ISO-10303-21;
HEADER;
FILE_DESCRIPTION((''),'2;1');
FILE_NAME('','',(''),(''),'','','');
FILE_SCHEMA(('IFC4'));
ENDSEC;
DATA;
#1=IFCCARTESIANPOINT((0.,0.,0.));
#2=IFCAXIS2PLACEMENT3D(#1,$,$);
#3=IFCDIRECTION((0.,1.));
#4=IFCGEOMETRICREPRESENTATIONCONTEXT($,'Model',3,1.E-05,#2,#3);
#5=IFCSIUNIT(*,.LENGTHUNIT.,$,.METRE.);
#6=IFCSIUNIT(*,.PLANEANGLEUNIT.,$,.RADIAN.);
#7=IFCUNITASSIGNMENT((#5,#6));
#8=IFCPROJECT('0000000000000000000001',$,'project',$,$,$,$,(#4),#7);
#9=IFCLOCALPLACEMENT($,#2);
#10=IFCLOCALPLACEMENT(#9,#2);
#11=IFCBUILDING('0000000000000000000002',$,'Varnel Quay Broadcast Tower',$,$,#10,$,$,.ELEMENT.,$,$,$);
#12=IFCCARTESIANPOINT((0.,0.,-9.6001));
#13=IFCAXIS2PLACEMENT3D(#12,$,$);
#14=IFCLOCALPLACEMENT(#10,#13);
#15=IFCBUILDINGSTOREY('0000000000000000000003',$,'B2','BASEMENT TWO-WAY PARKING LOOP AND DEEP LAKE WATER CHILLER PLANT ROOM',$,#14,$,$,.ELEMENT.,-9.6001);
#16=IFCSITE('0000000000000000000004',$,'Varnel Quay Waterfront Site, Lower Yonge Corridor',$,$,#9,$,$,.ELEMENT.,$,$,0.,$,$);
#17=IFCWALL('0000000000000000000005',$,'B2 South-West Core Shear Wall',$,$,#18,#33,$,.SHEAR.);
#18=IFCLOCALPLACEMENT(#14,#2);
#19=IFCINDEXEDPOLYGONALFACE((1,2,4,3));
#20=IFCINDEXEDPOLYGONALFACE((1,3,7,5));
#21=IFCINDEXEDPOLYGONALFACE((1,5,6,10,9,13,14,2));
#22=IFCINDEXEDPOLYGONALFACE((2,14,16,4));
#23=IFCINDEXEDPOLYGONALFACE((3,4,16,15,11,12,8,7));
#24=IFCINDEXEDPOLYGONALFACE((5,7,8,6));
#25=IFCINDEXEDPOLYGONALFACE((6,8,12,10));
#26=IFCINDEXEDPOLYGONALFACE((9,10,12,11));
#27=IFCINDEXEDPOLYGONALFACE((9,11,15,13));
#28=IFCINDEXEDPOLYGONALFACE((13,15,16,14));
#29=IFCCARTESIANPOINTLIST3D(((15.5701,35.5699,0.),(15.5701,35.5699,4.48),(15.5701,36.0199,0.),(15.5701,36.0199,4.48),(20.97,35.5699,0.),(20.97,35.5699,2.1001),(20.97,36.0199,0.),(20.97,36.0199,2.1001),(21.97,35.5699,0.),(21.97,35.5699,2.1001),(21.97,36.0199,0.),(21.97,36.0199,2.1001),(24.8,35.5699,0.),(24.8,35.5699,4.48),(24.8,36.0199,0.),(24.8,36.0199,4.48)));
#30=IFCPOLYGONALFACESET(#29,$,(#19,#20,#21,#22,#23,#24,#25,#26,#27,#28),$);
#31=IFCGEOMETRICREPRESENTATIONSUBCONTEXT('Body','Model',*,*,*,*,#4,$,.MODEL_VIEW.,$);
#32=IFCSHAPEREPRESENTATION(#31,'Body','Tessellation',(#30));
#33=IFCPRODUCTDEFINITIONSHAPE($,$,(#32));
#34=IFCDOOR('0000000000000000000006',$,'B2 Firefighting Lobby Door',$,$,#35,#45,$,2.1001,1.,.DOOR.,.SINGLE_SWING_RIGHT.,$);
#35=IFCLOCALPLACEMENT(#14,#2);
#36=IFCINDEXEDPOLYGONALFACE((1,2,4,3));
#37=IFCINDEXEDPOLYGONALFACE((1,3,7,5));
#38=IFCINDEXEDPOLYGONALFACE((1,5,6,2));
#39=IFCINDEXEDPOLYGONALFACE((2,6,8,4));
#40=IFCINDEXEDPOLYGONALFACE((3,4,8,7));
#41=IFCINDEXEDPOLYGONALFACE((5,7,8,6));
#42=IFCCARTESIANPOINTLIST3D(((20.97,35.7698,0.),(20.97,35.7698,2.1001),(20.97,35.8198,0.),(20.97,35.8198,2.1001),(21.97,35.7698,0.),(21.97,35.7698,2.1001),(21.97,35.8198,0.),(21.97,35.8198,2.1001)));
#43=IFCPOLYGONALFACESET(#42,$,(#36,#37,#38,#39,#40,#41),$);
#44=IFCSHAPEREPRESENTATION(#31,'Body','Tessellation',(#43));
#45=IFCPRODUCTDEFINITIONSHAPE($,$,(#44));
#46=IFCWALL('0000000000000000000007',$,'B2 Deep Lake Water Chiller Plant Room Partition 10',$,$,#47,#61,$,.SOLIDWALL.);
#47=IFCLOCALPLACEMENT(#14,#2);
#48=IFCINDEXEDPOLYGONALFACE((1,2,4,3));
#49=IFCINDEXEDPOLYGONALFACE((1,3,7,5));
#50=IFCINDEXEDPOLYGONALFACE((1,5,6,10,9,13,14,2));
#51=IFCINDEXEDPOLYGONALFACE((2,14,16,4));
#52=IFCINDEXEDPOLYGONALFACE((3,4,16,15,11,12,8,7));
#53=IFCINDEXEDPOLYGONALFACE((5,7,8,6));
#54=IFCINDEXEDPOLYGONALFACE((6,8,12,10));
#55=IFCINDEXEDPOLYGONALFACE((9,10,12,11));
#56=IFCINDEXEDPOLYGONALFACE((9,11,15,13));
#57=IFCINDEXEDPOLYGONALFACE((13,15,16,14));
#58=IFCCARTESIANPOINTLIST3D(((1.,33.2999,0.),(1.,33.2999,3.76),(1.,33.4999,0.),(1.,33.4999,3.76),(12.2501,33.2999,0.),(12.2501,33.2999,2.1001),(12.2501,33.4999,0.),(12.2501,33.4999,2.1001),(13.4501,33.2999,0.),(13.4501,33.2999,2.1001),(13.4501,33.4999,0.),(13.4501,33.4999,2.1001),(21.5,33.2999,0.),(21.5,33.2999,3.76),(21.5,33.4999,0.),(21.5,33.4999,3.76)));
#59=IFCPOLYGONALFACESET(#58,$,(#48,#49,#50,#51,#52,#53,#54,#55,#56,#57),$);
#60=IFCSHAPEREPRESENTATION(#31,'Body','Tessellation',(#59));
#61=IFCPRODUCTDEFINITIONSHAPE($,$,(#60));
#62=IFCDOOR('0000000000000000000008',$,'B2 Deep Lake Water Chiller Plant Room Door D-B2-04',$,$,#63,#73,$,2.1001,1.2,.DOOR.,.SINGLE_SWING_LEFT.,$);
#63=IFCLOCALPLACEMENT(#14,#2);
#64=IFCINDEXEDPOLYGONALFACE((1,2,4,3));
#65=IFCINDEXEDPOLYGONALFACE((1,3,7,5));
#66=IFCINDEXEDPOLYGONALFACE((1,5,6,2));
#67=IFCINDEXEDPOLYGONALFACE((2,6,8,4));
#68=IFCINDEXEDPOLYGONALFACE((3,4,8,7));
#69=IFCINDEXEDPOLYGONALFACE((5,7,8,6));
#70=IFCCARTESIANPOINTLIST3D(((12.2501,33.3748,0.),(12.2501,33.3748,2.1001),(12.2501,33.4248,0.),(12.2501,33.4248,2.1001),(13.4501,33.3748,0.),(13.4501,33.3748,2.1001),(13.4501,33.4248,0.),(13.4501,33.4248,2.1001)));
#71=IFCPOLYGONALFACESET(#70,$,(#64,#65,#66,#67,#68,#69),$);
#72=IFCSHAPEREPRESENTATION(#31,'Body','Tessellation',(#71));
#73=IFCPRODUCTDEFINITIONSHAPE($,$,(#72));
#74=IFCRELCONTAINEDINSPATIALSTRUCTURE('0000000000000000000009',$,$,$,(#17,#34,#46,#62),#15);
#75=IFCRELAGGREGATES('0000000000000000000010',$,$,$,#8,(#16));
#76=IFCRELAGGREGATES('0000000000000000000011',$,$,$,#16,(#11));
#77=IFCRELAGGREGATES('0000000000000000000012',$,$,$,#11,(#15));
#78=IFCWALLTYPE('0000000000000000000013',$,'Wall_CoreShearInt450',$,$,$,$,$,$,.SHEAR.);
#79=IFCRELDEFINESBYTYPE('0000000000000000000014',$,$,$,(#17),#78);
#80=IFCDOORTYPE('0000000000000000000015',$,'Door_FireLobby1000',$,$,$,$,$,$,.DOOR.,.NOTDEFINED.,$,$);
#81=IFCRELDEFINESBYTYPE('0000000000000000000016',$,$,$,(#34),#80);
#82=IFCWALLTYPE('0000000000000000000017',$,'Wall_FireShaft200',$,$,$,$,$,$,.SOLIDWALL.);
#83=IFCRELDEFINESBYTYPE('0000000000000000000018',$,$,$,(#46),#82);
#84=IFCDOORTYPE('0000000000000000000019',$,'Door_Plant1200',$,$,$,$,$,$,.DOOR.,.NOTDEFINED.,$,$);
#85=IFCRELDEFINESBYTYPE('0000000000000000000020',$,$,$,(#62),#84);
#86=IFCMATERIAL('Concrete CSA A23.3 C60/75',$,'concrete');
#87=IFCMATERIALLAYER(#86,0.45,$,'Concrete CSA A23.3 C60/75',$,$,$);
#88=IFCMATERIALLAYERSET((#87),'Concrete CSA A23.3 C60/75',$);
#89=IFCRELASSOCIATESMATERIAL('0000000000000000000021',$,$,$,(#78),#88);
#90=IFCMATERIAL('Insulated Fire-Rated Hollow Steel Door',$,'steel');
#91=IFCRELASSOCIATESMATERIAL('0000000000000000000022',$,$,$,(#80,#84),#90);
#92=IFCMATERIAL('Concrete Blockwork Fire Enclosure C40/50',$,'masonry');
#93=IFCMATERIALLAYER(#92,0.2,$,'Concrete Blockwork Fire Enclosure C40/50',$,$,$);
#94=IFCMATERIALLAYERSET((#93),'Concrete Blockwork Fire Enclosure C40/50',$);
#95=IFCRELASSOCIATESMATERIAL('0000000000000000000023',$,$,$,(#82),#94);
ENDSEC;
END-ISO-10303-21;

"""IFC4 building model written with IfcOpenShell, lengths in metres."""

from ifc_helpers import new_model, si_unit, direction, frame, frame_2d, origin, place, context, subcontext, project, spatial, rectangle, extrude, source, transform, mapped, material, layer, layer_set, type_object, type_shapes, element, fill, save


model = new_model("IFC4")

# Units and contexts
model_context = context("Model", 3, precision=1e-05, world=origin(), true_north=direction((0.0, 1.0)))
body_context = subcontext(model_context, "Body", "Model", "MODEL_VIEW")
ifc_project = project(units=[si_unit("LENGTHUNIT", "METRE"), si_unit("PLANEANGLEUNIT", "RADIAN")], contexts=[model_context])

# Site, building, storey
site_placement = place(None, origin())
site = spatial("IfcSite", under=ifc_project, at=site_placement, Name="Varnel Quay Waterfront Site, Lower Yonge Corridor", CompositionType="ELEMENT", RefElevation=0.0)
building_placement = place(site_placement, origin())
building = spatial("IfcBuilding", under=site, at=building_placement, Name="Varnel Quay Broadcast Tower", CompositionType="ELEMENT")
storey_placement = place(building_placement, frame((0.0, 0.0, -9.6001)))
storey = spatial("IfcBuildingStorey", under=building, at=storey_placement, Name="B2", Description="BASEMENT TWO-WAY PARKING LOOP AND DEEP LAKE WATER CHILLER PLANT ROOM", CompositionType="ELEMENT", Elevation=-9.6001)

# Shared definitions
ifc_material_1 = material(Name="Insulated Fire-Rated Hollow Steel Door", Category="steel")

# Shared definitions
ifc_material_2 = material(Name="Concrete CSA A23.3 C60/75", Category="concrete")
ifc_layer_1 = layer(ifc_material_2, 0.45, Name="Concrete CSA A23.3 C60/75")
ifc_layer_set_1 = layer_set([ifc_layer_1], Name="Concrete CSA A23.3 C60/75")
wall_type_1 = type_object("IfcWallType", Name="Wall_CoreShearInt450", PredefinedType="SHEAR", material=ifc_layer_set_1)

# Walls, openings, doors
wall_1_placement = place(storey_placement, frame((15.5701, 35.7949, 0.0), z_axis=(0.0, 0.0, 1.0), x_axis=(1.0, 0.0, 0.0)))
wall_1 = element("IfcWall", 1, at=wall_1_placement, inside=storey, type_object=wall_type_1, Name="B2 South-West Core Shear Wall", PredefinedType="SHEAR", context=body_context, shape_type="SweptSolid", body=[
    extrude(rectangle(XDim=9.23, YDim=0.45, at=frame_2d((4.615, 0.0))), origin(), (0.0, 0.0, 1.0), 4.48),
])
opening_1_placement = place(wall_1_placement, frame((5.3999, 0.0, 0.0)))
opening_1 = element("IfcOpeningElement", 2, at=opening_1_placement, cuts=wall_1, PredefinedType="OPENING", context=body_context, shape_type="SweptSolid", body=[
    extrude(rectangle(XDim=1.0, YDim=2.1001, at=frame_2d((0.5, 1.05))), frame((0.0, 0.2349, 0.0), z_axis=(0.0, -1.0, 0.0), x_axis=(1.0, 0.0, 0.0)), (0.0, 0.0, 1.0), 0.47),
])
door_type_1 = type_object("IfcDoorType", Name="Door_FireLobby1000", OperationType="NOTDEFINED", PredefinedType="DOOR", material=ifc_material_1)
shared_shape_1 = source(origin(), body_context, "Body", "SweptSolid", [
    extrude(rectangle(XDim=1.0, YDim=2.1001, at=frame_2d((0.5, 1.05))), frame((0.0, 0.0249, 0.0), z_axis=(0.0, -1.0, 0.0), x_axis=(1.0, 0.0, 0.0)), (0.0, 0.0, 1.0), 0.05),
])
type_shapes(door_type_1, [shared_shape_1])
door_1_placement = place(opening_1_placement, origin())
door_1 = element("IfcDoor", 3, at=door_1_placement, inside=storey, type_object=door_type_1, Name="B2 Firefighting Lobby Door", OperationType="SINGLE_SWING_RIGHT", OverallHeight=2.1001, OverallWidth=1.0, PredefinedType="DOOR", context=body_context, shape_type="MappedRepresentation", body=[
    mapped(shared_shape_1, transform((0.0, 0.0, 0.0), x_axis=(1.0, 0.0, 0.0), y_axis=(0.0, 1.0, 0.0), z_axis=(0.0, 0.0, 1.0), scale=1.0)),
])
fill(opening_1, door_1)
ifc_material_3 = material(Name="Concrete Blockwork Fire Enclosure C40/50", Category="masonry")
ifc_layer_2 = layer(ifc_material_3, 0.2, Name="Concrete Blockwork Fire Enclosure C40/50")
ifc_layer_set_2 = layer_set([ifc_layer_2], Name="Concrete Blockwork Fire Enclosure C40/50")
wall_type_2 = type_object("IfcWallType", Name="Wall_FireShaft200", PredefinedType="SOLIDWALL", material=ifc_layer_set_2)
wall_2_placement = place(storey_placement, frame((1.0, 33.3999, 0.0), z_axis=(0.0, 0.0, 1.0), x_axis=(1.0, 0.0, 0.0)))
wall_2 = element("IfcWall", 4, at=wall_2_placement, inside=storey, type_object=wall_type_2, Name="B2 Deep Lake Water Chiller Plant Room Partition 10", PredefinedType="SOLIDWALL", context=body_context, shape_type="SweptSolid", body=[
    extrude(rectangle(XDim=20.5, YDim=0.2, at=frame_2d((10.25, 0.0))), origin(), (0.0, 0.0, 1.0), 3.76),
])
opening_2_placement = place(wall_2_placement, frame((11.25, 0.0, 0.0)))
opening_2 = element("IfcOpeningElement", 5, at=opening_2_placement, cuts=wall_2, PredefinedType="OPENING", context=body_context, shape_type="SweptSolid", body=[
    extrude(rectangle(XDim=1.2, YDim=2.1001, at=frame_2d((0.6001, 1.05))), frame((0.0, 0.1099, 0.0), z_axis=(0.0, -1.0, 0.0), x_axis=(1.0, 0.0, 0.0)), (0.0, 0.0, 1.0), 0.22),
])
door_type_2 = type_object("IfcDoorType", Name="Door_Plant1200", OperationType="NOTDEFINED", PredefinedType="DOOR", material=ifc_material_1)
shared_shape_2 = source(origin(), body_context, "Body", "SweptSolid", [
    extrude(rectangle(XDim=1.2, YDim=2.1001, at=frame_2d((0.6001, 1.05))), frame((0.0, 0.0249, 0.0), z_axis=(0.0, -1.0, 0.0), x_axis=(1.0, 0.0, 0.0)), (0.0, 0.0, 1.0), 0.05),
])
type_shapes(door_type_2, [shared_shape_2])
door_2_placement = place(opening_2_placement, origin())
door_2 = element("IfcDoor", 6, at=door_2_placement, inside=storey, type_object=door_type_2, Name="B2 Deep Lake Water Chiller Plant Room Door D-B2-04", OperationType="SINGLE_SWING_LEFT", OverallHeight=2.1001, OverallWidth=1.2, PredefinedType="DOOR", context=body_context, shape_type="MappedRepresentation", body=[
    mapped(shared_shape_2, transform((0.0, 0.0, 0.0), x_axis=(1.0, 0.0, 0.0), y_axis=(0.0, 1.0, 0.0), z_axis=(0.0, 0.0, 1.0), scale=1.0)),
])
fill(opening_2, door_2)

save(model, "model.ifc")
